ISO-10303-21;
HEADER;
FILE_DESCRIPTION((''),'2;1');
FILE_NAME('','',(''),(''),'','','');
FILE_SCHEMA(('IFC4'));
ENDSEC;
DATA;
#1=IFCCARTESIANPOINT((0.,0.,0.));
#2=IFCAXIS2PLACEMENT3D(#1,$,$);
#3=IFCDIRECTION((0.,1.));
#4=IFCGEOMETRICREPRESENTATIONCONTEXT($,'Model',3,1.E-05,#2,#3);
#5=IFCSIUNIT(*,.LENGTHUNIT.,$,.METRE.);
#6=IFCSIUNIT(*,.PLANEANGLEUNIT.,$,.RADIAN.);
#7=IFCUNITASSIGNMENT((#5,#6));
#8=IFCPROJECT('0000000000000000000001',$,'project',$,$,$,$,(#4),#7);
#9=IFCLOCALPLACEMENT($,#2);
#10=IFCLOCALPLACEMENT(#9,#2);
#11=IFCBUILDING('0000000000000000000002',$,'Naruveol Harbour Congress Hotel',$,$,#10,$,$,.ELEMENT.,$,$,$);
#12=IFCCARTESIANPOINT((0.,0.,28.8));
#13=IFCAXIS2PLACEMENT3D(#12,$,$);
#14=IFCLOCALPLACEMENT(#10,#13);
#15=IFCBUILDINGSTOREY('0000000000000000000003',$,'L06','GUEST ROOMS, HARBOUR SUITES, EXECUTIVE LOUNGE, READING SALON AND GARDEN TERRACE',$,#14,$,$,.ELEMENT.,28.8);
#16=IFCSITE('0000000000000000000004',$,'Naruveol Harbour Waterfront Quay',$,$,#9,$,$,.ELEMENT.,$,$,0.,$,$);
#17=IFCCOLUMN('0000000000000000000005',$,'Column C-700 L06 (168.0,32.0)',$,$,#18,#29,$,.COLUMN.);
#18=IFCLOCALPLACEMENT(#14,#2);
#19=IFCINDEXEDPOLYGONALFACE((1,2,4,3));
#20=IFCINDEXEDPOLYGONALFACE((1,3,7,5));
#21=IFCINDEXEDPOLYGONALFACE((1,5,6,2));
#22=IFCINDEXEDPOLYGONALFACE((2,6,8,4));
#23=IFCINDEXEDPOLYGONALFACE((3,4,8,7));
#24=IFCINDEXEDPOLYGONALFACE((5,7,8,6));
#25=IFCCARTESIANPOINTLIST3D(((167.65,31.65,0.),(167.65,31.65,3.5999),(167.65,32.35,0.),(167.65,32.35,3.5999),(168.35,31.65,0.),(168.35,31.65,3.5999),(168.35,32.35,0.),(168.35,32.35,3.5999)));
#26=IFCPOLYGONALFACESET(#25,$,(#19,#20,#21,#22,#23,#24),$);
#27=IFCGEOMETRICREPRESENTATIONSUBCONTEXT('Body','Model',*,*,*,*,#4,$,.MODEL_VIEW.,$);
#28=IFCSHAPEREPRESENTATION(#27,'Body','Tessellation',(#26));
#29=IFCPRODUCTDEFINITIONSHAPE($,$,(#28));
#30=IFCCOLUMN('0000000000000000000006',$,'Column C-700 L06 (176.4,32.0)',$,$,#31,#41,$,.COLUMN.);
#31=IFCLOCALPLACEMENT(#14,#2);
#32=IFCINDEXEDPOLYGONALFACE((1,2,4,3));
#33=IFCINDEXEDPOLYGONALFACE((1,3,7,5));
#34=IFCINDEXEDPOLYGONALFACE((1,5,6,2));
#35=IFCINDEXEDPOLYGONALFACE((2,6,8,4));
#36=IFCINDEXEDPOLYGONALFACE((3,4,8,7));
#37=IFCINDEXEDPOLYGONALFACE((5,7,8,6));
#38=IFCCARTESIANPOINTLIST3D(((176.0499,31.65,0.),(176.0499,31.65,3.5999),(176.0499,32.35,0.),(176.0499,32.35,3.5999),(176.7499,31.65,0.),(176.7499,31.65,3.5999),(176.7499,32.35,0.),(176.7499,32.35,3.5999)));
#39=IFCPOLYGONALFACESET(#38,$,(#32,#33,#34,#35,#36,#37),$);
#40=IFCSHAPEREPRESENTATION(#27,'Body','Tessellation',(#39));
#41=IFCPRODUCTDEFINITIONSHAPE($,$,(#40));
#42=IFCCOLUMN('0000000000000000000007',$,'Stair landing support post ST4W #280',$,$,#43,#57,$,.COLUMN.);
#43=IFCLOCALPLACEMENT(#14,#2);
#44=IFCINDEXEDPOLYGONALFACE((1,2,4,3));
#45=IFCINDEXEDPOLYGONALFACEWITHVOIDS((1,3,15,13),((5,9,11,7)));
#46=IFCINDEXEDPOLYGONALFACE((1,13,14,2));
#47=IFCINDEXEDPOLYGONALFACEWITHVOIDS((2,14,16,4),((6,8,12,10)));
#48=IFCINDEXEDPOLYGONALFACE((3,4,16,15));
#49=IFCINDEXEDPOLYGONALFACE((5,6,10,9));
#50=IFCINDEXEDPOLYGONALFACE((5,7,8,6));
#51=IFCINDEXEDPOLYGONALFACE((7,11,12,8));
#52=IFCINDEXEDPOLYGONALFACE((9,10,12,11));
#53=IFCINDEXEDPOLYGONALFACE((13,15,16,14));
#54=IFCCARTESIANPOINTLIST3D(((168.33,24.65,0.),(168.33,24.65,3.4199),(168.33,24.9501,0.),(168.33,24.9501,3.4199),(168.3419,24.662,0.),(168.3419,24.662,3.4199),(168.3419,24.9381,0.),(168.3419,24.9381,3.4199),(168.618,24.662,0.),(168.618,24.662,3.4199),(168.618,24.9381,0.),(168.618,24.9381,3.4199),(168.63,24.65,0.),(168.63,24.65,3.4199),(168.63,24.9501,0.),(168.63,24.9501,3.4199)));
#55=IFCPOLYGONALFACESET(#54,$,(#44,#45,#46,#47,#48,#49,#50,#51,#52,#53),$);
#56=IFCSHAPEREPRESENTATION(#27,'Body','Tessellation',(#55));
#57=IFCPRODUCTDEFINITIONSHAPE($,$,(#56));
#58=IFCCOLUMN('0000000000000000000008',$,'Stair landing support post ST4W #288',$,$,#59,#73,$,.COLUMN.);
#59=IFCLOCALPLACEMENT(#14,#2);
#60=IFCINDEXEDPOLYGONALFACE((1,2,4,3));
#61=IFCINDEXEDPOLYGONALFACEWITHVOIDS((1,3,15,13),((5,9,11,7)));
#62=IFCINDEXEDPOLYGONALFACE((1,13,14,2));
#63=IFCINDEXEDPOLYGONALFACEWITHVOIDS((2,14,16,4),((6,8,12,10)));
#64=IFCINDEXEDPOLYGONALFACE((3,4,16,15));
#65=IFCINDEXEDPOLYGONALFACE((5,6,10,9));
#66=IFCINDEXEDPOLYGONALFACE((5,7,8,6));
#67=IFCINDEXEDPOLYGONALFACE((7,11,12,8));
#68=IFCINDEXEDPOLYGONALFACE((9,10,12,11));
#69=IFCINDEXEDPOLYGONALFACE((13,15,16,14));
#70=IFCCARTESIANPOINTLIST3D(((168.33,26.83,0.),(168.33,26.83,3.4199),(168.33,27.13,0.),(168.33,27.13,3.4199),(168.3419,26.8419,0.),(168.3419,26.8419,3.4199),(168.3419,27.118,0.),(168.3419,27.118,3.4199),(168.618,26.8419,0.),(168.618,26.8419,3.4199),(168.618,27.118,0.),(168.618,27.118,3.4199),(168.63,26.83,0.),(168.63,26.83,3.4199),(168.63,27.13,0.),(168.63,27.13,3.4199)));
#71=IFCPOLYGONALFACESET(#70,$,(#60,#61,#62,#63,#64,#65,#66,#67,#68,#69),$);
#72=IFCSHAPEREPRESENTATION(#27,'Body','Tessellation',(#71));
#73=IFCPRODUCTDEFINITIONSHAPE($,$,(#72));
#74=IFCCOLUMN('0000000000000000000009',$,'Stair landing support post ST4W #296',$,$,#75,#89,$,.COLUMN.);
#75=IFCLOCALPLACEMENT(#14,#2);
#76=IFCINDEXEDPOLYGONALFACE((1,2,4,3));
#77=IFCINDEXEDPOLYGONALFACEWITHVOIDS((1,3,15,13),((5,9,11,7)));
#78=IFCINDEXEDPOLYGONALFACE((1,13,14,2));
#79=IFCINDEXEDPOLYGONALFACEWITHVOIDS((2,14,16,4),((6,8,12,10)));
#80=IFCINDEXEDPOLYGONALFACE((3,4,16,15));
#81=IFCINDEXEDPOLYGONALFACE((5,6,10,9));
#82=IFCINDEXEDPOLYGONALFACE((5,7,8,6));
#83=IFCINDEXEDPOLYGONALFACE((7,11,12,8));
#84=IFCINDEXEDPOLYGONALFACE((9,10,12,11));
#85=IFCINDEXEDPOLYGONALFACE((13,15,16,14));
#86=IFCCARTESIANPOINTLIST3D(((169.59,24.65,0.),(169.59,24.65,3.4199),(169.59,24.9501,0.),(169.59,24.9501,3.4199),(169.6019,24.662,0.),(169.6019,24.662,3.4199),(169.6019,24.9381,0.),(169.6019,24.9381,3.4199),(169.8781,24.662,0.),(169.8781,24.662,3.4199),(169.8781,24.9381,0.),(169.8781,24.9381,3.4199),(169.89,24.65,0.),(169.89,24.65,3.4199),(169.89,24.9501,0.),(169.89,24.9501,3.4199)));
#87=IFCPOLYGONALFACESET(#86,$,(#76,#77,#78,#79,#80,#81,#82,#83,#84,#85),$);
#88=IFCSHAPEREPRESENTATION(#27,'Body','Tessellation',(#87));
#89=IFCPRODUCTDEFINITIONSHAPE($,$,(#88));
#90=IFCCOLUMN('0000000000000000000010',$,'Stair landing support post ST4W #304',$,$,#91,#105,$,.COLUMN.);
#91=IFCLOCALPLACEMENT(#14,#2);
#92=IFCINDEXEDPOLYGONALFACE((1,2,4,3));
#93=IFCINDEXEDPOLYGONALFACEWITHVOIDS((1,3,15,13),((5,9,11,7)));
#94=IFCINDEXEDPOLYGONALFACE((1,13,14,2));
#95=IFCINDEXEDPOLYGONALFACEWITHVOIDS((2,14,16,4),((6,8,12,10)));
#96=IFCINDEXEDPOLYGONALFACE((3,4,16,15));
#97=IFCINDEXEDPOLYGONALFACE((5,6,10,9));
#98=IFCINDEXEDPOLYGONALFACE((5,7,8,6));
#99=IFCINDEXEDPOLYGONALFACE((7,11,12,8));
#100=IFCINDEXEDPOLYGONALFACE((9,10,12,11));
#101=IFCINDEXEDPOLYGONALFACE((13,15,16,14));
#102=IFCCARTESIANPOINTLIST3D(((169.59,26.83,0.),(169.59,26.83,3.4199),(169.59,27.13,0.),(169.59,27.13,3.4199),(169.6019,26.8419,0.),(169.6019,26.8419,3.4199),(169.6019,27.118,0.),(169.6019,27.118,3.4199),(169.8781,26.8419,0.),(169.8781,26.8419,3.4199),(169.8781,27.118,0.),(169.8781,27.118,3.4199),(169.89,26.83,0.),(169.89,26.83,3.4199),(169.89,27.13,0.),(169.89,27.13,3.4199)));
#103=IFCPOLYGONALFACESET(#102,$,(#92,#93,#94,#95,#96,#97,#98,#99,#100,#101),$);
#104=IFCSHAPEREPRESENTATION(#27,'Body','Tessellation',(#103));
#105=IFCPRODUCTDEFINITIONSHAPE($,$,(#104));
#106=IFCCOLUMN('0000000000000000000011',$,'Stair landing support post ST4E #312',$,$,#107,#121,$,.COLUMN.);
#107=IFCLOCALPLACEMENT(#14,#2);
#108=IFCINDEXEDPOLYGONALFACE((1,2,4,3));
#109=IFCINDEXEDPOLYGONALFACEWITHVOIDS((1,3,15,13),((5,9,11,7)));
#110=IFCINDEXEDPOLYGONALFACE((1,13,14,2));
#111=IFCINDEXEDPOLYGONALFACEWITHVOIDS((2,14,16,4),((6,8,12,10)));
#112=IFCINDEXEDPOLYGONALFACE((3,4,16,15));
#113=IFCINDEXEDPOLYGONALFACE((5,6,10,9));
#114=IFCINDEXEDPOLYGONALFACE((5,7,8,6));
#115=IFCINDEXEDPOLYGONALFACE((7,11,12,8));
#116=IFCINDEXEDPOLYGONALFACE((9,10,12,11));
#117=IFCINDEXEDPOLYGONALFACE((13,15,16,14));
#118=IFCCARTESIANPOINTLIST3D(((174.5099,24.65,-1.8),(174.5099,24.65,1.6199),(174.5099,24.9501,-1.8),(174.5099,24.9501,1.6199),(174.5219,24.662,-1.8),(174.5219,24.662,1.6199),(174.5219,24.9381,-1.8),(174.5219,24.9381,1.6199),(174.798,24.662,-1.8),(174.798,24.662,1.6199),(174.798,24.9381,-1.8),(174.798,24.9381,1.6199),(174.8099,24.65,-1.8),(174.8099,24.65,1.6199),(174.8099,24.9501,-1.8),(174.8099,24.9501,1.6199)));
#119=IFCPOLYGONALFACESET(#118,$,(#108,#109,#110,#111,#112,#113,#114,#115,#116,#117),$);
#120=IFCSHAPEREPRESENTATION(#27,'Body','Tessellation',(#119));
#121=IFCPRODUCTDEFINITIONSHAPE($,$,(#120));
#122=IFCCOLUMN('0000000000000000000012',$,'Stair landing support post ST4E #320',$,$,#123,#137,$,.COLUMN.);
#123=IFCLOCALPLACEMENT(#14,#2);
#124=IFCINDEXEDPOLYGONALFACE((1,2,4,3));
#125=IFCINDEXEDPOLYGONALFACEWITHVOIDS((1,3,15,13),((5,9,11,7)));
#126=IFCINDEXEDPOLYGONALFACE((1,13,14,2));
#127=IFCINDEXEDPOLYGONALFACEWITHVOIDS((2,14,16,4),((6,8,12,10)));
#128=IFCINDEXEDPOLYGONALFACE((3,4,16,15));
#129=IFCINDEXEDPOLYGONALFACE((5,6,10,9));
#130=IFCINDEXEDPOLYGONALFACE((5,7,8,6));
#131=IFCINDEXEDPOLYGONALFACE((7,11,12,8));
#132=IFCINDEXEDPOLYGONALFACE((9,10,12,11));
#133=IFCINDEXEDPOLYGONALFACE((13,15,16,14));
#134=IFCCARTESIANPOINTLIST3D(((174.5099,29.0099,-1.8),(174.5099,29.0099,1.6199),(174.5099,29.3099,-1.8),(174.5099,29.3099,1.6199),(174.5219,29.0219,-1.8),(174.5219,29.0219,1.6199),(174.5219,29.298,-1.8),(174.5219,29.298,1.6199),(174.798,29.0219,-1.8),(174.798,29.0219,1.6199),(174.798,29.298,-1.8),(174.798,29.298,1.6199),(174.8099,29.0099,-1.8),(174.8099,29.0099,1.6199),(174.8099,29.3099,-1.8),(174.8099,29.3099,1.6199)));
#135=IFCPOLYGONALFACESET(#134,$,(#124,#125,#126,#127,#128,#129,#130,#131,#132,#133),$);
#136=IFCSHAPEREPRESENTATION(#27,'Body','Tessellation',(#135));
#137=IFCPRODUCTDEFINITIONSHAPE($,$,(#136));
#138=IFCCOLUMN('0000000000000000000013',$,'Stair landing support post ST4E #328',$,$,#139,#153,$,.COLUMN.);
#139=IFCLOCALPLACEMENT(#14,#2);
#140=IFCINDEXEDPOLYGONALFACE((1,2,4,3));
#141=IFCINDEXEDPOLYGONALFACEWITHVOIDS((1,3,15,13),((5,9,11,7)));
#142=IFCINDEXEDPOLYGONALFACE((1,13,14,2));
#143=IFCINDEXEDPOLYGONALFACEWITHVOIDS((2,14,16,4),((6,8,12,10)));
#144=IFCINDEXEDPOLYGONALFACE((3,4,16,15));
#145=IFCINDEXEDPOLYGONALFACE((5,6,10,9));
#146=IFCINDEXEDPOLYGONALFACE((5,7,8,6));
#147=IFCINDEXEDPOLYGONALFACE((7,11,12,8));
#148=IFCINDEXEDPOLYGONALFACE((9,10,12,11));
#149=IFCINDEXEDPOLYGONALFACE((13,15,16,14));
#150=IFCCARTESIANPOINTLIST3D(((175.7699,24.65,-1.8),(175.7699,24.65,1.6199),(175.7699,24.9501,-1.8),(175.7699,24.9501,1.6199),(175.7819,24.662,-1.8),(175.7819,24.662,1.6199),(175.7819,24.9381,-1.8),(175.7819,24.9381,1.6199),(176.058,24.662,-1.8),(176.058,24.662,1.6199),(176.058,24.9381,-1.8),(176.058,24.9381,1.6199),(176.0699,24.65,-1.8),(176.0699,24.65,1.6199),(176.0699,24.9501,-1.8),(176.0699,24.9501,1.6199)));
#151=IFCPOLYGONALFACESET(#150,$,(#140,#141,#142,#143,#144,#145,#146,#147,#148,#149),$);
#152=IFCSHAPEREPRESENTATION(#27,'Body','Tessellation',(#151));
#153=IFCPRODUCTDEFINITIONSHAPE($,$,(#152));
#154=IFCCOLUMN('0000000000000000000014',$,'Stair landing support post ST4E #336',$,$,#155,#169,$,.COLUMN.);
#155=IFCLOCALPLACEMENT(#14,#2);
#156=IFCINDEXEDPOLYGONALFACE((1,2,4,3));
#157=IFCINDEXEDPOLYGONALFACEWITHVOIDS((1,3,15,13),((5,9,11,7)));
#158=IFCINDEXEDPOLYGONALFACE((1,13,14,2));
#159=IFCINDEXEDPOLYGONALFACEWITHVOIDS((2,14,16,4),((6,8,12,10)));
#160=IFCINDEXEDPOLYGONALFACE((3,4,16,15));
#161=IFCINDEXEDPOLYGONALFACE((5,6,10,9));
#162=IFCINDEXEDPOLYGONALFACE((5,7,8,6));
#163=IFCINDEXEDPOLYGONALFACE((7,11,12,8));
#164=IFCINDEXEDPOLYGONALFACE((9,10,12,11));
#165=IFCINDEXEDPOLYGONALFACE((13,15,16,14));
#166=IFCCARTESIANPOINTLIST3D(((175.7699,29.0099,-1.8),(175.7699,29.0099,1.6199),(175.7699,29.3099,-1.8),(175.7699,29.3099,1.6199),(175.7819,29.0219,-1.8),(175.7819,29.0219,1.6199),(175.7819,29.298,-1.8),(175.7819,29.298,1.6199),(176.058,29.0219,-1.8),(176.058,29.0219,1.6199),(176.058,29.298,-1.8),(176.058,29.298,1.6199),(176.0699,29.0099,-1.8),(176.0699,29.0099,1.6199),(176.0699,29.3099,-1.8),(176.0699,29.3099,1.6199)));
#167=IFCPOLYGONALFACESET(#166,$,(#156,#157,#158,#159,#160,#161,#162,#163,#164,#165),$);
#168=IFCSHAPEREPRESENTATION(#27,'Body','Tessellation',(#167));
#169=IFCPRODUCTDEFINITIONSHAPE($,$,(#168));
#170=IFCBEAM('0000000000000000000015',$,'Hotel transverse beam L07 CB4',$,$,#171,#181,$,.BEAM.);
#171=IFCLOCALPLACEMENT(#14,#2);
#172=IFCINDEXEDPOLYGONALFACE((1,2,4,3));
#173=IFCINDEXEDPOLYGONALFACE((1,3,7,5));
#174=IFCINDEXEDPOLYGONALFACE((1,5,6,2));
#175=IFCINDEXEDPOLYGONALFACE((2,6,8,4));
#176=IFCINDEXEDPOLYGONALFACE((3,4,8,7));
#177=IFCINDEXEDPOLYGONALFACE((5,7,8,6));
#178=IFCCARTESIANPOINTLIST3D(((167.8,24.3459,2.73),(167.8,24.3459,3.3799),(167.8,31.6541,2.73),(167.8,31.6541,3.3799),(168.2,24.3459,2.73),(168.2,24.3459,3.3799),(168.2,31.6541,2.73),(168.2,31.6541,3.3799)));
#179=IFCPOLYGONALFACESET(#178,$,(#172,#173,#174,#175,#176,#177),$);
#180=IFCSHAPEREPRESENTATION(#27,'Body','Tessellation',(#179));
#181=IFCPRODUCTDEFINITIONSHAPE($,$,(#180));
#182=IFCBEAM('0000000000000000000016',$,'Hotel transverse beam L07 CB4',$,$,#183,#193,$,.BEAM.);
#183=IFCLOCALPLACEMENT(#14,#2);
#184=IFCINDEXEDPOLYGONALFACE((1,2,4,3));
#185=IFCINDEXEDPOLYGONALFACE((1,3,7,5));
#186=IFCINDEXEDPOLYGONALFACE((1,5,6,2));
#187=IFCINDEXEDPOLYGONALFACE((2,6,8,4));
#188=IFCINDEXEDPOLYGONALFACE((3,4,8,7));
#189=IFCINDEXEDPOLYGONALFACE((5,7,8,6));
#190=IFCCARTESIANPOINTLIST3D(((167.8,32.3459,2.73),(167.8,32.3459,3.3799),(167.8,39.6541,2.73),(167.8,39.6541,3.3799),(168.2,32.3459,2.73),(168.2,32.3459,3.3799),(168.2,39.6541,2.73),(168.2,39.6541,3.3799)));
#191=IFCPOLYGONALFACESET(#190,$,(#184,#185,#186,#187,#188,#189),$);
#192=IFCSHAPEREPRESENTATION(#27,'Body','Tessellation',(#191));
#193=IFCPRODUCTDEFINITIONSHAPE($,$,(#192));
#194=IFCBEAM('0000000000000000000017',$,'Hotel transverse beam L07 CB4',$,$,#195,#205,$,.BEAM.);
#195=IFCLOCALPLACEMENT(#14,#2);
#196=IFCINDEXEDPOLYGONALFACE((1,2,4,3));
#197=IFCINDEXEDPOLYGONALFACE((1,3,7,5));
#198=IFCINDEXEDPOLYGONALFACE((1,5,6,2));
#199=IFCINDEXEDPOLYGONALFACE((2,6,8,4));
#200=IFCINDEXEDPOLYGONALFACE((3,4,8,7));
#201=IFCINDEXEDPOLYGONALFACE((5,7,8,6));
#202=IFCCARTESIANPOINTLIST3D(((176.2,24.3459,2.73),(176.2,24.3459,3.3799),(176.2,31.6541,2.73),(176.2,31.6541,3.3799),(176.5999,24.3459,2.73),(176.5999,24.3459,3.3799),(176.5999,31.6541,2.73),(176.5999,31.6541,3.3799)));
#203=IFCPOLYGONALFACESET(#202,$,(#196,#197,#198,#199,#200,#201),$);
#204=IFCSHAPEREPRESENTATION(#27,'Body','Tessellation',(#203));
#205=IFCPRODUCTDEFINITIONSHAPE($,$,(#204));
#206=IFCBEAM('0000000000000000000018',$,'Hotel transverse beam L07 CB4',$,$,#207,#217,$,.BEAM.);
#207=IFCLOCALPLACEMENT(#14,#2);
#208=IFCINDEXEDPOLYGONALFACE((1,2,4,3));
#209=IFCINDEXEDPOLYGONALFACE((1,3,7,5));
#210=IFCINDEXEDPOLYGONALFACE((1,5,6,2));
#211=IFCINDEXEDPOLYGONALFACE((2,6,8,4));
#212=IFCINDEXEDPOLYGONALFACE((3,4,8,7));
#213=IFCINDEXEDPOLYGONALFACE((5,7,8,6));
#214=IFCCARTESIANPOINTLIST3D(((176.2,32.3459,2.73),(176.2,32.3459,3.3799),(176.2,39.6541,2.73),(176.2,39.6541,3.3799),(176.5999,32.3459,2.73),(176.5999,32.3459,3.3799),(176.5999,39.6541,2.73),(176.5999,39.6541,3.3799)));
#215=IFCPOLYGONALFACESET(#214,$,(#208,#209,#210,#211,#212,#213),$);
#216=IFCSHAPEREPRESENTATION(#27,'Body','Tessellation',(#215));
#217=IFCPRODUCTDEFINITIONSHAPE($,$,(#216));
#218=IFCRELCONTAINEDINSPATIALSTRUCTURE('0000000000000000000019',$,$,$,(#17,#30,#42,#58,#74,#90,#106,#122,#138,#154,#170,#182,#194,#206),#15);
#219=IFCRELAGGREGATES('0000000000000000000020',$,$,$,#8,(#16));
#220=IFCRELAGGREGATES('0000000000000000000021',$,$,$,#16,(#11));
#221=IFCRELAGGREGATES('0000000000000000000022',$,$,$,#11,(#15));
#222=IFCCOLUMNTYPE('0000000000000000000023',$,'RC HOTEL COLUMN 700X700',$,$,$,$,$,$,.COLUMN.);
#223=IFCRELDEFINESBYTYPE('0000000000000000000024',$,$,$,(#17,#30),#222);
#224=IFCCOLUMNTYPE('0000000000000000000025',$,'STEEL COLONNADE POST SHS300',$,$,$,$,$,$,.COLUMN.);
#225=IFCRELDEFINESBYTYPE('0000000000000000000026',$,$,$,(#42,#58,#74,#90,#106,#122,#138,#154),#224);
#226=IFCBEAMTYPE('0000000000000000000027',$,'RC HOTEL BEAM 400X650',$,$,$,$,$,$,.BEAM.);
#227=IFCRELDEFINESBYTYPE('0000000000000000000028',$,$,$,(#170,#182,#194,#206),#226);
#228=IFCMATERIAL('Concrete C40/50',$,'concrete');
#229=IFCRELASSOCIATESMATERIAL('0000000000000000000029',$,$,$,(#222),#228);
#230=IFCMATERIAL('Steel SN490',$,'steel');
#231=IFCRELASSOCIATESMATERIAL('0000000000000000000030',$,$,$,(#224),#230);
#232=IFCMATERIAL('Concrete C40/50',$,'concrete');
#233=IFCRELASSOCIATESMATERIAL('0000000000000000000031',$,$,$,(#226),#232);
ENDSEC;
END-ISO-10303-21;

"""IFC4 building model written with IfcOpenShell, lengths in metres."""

from ifc_helpers import new_model, si_unit, direction, frame, origin, origin_2d, place, context, subcontext, project, spatial, rectangle, hollow_rectangle, extrude, material, material_profile, profile_set, type_object, element, save


model = new_model("IFC4")

# Units and contexts
model_context = context("Model", 3, precision=1e-05, world=origin(), true_north=direction((0.0, 1.0)))
body_context = subcontext(model_context, "Body", "Model", "MODEL_VIEW")
ifc_project = project(units=[si_unit("LENGTHUNIT", "METRE"), si_unit("PLANEANGLEUNIT", "RADIAN")], contexts=[model_context])

# Site, building, storey
site_placement = place(None, origin())
site = spatial("IfcSite", under=ifc_project, at=site_placement, Name="Naruveol Harbour Waterfront Quay", CompositionType="ELEMENT", RefElevation=0.0)
building_placement = place(site_placement, origin())
building = spatial("IfcBuilding", under=site, at=building_placement, Name="Naruveol Harbour Congress Hotel", CompositionType="ELEMENT")
storey_placement = place(building_placement, frame((0.0, 0.0, 28.8)))
storey = spatial("IfcBuildingStorey", under=building, at=storey_placement, Name="L06", Description="GUEST ROOMS, HARBOUR SUITES, EXECUTIVE LOUNGE, READING SALON AND GARDEN TERRACE", CompositionType="ELEMENT", Elevation=28.8)

# Columns
ifc_material_1 = material(Name="Concrete C40/50", Category="concrete")
ifc_material_profile_1 = material_profile(ifc_material_1, rectangle(XDim=0.7, YDim=0.7, at=origin_2d()), Name="RC-700x700")
ifc_profile_set_1 = profile_set([ifc_material_profile_1], Name="Concrete C40/50")
column_type_1 = type_object("IfcColumnType", Name="RC HOTEL COLUMN 700X700", PredefinedType="COLUMN", material=ifc_profile_set_1)
for number, where, z_axis, x_axis, name in (
    (1, (168.0, 32.0, 0.0), (0.0, 0.0, 1.0), (1.0, 0.0, 0.0), "Column C-700 L06 (168.0,32.0)"),
    (2, (176.3999, 32.0, 0.0), (0.0, 0.0, 1.0), (1.0, 0.0, 0.0), "Column C-700 L06 (176.4,32.0)"),
):
    element("IfcColumn", number, at=place(storey_placement, frame(where, z_axis=z_axis, x_axis=x_axis)), inside=storey, type_object=column_type_1, Name=name, PredefinedType="COLUMN", context=body_context, shape_type="SweptSolid", body=[
        extrude(rectangle(XDim=0.7, YDim=0.7, at=origin_2d()), origin(), (0.0, 0.0, 1.0), 3.5999),
    ])
ifc_material_2 = material(Name="Steel SN490", Category="steel")
ifc_material_profile_2 = material_profile(ifc_material_2, hollow_rectangle(XDim=0.3, YDim=0.3, WallThickness=0.012, at=origin_2d()), Name="SHS-300x300x12")
ifc_profile_set_2 = profile_set([ifc_material_profile_2], Name="Steel SN490")
column_type_2 = type_object("IfcColumnType", Name="STEEL COLONNADE POST SHS300", PredefinedType="COLUMN", material=ifc_profile_set_2)
for number, where, z_axis, x_axis, name in (
    (3, (168.48, 24.8, 0.0), (0.0, 0.0, 1.0), (1.0, 0.0, 0.0), "Stair landing support post ST4W #280"),
    (4, (168.48, 26.98, 0.0), (0.0, 0.0, 1.0), (1.0, 0.0, 0.0), "Stair landing support post ST4W #288"),
    (5, (169.74, 24.8, 0.0), (0.0, 0.0, 1.0), (1.0, 0.0, 0.0), "Stair landing support post ST4W #296"),
    (6, (169.74, 26.98, 0.0), (0.0, 0.0, 1.0), (1.0, 0.0, 0.0), "Stair landing support post ST4W #304"),
    (7, (174.6599, 24.8, -1.8), (0.0, 0.0, 1.0), (1.0, 0.0, 0.0), "Stair landing support post ST4E #312"),
    (8, (174.6599, 29.1599, -1.8), (0.0, 0.0, 1.0), (1.0, 0.0, 0.0), "Stair landing support post ST4E #320"),
    (9, (175.9199, 24.8, -1.8), (0.0, 0.0, 1.0), (1.0, 0.0, 0.0), "Stair landing support post ST4E #328"),
    (10, (175.9199, 29.1599, -1.8), (0.0, 0.0, 1.0), (1.0, 0.0, 0.0), "Stair landing support post ST4E #336"),
):
    element("IfcColumn", number, at=place(storey_placement, frame(where, z_axis=z_axis, x_axis=x_axis)), inside=storey, type_object=column_type_2, Name=name, PredefinedType="COLUMN", context=body_context, shape_type="SweptSolid", body=[
        extrude(hollow_rectangle(XDim=0.3, YDim=0.3, WallThickness=0.012, at=origin_2d()), origin(), (0.0, 0.0, 1.0), 3.4199),
    ])

# Beams
ifc_material_3 = material(Name="Concrete C40/50", Category="concrete")
ifc_material_profile_3 = material_profile(ifc_material_3, rectangle(XDim=0.3999, YDim=0.6499, at=origin_2d()), Name="RCB-400x650")
ifc_profile_set_3 = profile_set([ifc_material_profile_3], Name="Concrete C40/50")
beam_type_1 = type_object("IfcBeamType", Name="RC HOTEL BEAM 400X650", PredefinedType="BEAM", material=ifc_profile_set_3)
for number, where, z_axis, x_axis, name in (
    (11, (168.0, 24.3459, 3.0549), (0.0, 1.0, 0.0), (-1.0, 0.0, 0.0), "Hotel transverse beam L07 CB4"),
    (12, (168.0, 32.3459, 3.0549), (0.0, 1.0, 0.0), (-1.0, 0.0, 0.0), "Hotel transverse beam L07 CB4"),
    (13, (176.3999, 24.3459, 3.0549), (0.0, 1.0, 0.0), (-1.0, 0.0, 0.0), "Hotel transverse beam L07 CB4"),
    (14, (176.3999, 32.3459, 3.0549), (0.0, 1.0, 0.0), (-1.0, 0.0, 0.0), "Hotel transverse beam L07 CB4"),
):
    element("IfcBeam", number, at=place(storey_placement, frame(where, z_axis=z_axis, x_axis=x_axis)), inside=storey, type_object=beam_type_1, Name=name, PredefinedType="BEAM", context=body_context, shape_type="SweptSolid", body=[
        extrude(rectangle(XDim=0.3999, YDim=0.6499, at=origin_2d()), origin(), (0.0, 0.0, 1.0), 7.3081),
    ])

save(model, "model.ifc")
